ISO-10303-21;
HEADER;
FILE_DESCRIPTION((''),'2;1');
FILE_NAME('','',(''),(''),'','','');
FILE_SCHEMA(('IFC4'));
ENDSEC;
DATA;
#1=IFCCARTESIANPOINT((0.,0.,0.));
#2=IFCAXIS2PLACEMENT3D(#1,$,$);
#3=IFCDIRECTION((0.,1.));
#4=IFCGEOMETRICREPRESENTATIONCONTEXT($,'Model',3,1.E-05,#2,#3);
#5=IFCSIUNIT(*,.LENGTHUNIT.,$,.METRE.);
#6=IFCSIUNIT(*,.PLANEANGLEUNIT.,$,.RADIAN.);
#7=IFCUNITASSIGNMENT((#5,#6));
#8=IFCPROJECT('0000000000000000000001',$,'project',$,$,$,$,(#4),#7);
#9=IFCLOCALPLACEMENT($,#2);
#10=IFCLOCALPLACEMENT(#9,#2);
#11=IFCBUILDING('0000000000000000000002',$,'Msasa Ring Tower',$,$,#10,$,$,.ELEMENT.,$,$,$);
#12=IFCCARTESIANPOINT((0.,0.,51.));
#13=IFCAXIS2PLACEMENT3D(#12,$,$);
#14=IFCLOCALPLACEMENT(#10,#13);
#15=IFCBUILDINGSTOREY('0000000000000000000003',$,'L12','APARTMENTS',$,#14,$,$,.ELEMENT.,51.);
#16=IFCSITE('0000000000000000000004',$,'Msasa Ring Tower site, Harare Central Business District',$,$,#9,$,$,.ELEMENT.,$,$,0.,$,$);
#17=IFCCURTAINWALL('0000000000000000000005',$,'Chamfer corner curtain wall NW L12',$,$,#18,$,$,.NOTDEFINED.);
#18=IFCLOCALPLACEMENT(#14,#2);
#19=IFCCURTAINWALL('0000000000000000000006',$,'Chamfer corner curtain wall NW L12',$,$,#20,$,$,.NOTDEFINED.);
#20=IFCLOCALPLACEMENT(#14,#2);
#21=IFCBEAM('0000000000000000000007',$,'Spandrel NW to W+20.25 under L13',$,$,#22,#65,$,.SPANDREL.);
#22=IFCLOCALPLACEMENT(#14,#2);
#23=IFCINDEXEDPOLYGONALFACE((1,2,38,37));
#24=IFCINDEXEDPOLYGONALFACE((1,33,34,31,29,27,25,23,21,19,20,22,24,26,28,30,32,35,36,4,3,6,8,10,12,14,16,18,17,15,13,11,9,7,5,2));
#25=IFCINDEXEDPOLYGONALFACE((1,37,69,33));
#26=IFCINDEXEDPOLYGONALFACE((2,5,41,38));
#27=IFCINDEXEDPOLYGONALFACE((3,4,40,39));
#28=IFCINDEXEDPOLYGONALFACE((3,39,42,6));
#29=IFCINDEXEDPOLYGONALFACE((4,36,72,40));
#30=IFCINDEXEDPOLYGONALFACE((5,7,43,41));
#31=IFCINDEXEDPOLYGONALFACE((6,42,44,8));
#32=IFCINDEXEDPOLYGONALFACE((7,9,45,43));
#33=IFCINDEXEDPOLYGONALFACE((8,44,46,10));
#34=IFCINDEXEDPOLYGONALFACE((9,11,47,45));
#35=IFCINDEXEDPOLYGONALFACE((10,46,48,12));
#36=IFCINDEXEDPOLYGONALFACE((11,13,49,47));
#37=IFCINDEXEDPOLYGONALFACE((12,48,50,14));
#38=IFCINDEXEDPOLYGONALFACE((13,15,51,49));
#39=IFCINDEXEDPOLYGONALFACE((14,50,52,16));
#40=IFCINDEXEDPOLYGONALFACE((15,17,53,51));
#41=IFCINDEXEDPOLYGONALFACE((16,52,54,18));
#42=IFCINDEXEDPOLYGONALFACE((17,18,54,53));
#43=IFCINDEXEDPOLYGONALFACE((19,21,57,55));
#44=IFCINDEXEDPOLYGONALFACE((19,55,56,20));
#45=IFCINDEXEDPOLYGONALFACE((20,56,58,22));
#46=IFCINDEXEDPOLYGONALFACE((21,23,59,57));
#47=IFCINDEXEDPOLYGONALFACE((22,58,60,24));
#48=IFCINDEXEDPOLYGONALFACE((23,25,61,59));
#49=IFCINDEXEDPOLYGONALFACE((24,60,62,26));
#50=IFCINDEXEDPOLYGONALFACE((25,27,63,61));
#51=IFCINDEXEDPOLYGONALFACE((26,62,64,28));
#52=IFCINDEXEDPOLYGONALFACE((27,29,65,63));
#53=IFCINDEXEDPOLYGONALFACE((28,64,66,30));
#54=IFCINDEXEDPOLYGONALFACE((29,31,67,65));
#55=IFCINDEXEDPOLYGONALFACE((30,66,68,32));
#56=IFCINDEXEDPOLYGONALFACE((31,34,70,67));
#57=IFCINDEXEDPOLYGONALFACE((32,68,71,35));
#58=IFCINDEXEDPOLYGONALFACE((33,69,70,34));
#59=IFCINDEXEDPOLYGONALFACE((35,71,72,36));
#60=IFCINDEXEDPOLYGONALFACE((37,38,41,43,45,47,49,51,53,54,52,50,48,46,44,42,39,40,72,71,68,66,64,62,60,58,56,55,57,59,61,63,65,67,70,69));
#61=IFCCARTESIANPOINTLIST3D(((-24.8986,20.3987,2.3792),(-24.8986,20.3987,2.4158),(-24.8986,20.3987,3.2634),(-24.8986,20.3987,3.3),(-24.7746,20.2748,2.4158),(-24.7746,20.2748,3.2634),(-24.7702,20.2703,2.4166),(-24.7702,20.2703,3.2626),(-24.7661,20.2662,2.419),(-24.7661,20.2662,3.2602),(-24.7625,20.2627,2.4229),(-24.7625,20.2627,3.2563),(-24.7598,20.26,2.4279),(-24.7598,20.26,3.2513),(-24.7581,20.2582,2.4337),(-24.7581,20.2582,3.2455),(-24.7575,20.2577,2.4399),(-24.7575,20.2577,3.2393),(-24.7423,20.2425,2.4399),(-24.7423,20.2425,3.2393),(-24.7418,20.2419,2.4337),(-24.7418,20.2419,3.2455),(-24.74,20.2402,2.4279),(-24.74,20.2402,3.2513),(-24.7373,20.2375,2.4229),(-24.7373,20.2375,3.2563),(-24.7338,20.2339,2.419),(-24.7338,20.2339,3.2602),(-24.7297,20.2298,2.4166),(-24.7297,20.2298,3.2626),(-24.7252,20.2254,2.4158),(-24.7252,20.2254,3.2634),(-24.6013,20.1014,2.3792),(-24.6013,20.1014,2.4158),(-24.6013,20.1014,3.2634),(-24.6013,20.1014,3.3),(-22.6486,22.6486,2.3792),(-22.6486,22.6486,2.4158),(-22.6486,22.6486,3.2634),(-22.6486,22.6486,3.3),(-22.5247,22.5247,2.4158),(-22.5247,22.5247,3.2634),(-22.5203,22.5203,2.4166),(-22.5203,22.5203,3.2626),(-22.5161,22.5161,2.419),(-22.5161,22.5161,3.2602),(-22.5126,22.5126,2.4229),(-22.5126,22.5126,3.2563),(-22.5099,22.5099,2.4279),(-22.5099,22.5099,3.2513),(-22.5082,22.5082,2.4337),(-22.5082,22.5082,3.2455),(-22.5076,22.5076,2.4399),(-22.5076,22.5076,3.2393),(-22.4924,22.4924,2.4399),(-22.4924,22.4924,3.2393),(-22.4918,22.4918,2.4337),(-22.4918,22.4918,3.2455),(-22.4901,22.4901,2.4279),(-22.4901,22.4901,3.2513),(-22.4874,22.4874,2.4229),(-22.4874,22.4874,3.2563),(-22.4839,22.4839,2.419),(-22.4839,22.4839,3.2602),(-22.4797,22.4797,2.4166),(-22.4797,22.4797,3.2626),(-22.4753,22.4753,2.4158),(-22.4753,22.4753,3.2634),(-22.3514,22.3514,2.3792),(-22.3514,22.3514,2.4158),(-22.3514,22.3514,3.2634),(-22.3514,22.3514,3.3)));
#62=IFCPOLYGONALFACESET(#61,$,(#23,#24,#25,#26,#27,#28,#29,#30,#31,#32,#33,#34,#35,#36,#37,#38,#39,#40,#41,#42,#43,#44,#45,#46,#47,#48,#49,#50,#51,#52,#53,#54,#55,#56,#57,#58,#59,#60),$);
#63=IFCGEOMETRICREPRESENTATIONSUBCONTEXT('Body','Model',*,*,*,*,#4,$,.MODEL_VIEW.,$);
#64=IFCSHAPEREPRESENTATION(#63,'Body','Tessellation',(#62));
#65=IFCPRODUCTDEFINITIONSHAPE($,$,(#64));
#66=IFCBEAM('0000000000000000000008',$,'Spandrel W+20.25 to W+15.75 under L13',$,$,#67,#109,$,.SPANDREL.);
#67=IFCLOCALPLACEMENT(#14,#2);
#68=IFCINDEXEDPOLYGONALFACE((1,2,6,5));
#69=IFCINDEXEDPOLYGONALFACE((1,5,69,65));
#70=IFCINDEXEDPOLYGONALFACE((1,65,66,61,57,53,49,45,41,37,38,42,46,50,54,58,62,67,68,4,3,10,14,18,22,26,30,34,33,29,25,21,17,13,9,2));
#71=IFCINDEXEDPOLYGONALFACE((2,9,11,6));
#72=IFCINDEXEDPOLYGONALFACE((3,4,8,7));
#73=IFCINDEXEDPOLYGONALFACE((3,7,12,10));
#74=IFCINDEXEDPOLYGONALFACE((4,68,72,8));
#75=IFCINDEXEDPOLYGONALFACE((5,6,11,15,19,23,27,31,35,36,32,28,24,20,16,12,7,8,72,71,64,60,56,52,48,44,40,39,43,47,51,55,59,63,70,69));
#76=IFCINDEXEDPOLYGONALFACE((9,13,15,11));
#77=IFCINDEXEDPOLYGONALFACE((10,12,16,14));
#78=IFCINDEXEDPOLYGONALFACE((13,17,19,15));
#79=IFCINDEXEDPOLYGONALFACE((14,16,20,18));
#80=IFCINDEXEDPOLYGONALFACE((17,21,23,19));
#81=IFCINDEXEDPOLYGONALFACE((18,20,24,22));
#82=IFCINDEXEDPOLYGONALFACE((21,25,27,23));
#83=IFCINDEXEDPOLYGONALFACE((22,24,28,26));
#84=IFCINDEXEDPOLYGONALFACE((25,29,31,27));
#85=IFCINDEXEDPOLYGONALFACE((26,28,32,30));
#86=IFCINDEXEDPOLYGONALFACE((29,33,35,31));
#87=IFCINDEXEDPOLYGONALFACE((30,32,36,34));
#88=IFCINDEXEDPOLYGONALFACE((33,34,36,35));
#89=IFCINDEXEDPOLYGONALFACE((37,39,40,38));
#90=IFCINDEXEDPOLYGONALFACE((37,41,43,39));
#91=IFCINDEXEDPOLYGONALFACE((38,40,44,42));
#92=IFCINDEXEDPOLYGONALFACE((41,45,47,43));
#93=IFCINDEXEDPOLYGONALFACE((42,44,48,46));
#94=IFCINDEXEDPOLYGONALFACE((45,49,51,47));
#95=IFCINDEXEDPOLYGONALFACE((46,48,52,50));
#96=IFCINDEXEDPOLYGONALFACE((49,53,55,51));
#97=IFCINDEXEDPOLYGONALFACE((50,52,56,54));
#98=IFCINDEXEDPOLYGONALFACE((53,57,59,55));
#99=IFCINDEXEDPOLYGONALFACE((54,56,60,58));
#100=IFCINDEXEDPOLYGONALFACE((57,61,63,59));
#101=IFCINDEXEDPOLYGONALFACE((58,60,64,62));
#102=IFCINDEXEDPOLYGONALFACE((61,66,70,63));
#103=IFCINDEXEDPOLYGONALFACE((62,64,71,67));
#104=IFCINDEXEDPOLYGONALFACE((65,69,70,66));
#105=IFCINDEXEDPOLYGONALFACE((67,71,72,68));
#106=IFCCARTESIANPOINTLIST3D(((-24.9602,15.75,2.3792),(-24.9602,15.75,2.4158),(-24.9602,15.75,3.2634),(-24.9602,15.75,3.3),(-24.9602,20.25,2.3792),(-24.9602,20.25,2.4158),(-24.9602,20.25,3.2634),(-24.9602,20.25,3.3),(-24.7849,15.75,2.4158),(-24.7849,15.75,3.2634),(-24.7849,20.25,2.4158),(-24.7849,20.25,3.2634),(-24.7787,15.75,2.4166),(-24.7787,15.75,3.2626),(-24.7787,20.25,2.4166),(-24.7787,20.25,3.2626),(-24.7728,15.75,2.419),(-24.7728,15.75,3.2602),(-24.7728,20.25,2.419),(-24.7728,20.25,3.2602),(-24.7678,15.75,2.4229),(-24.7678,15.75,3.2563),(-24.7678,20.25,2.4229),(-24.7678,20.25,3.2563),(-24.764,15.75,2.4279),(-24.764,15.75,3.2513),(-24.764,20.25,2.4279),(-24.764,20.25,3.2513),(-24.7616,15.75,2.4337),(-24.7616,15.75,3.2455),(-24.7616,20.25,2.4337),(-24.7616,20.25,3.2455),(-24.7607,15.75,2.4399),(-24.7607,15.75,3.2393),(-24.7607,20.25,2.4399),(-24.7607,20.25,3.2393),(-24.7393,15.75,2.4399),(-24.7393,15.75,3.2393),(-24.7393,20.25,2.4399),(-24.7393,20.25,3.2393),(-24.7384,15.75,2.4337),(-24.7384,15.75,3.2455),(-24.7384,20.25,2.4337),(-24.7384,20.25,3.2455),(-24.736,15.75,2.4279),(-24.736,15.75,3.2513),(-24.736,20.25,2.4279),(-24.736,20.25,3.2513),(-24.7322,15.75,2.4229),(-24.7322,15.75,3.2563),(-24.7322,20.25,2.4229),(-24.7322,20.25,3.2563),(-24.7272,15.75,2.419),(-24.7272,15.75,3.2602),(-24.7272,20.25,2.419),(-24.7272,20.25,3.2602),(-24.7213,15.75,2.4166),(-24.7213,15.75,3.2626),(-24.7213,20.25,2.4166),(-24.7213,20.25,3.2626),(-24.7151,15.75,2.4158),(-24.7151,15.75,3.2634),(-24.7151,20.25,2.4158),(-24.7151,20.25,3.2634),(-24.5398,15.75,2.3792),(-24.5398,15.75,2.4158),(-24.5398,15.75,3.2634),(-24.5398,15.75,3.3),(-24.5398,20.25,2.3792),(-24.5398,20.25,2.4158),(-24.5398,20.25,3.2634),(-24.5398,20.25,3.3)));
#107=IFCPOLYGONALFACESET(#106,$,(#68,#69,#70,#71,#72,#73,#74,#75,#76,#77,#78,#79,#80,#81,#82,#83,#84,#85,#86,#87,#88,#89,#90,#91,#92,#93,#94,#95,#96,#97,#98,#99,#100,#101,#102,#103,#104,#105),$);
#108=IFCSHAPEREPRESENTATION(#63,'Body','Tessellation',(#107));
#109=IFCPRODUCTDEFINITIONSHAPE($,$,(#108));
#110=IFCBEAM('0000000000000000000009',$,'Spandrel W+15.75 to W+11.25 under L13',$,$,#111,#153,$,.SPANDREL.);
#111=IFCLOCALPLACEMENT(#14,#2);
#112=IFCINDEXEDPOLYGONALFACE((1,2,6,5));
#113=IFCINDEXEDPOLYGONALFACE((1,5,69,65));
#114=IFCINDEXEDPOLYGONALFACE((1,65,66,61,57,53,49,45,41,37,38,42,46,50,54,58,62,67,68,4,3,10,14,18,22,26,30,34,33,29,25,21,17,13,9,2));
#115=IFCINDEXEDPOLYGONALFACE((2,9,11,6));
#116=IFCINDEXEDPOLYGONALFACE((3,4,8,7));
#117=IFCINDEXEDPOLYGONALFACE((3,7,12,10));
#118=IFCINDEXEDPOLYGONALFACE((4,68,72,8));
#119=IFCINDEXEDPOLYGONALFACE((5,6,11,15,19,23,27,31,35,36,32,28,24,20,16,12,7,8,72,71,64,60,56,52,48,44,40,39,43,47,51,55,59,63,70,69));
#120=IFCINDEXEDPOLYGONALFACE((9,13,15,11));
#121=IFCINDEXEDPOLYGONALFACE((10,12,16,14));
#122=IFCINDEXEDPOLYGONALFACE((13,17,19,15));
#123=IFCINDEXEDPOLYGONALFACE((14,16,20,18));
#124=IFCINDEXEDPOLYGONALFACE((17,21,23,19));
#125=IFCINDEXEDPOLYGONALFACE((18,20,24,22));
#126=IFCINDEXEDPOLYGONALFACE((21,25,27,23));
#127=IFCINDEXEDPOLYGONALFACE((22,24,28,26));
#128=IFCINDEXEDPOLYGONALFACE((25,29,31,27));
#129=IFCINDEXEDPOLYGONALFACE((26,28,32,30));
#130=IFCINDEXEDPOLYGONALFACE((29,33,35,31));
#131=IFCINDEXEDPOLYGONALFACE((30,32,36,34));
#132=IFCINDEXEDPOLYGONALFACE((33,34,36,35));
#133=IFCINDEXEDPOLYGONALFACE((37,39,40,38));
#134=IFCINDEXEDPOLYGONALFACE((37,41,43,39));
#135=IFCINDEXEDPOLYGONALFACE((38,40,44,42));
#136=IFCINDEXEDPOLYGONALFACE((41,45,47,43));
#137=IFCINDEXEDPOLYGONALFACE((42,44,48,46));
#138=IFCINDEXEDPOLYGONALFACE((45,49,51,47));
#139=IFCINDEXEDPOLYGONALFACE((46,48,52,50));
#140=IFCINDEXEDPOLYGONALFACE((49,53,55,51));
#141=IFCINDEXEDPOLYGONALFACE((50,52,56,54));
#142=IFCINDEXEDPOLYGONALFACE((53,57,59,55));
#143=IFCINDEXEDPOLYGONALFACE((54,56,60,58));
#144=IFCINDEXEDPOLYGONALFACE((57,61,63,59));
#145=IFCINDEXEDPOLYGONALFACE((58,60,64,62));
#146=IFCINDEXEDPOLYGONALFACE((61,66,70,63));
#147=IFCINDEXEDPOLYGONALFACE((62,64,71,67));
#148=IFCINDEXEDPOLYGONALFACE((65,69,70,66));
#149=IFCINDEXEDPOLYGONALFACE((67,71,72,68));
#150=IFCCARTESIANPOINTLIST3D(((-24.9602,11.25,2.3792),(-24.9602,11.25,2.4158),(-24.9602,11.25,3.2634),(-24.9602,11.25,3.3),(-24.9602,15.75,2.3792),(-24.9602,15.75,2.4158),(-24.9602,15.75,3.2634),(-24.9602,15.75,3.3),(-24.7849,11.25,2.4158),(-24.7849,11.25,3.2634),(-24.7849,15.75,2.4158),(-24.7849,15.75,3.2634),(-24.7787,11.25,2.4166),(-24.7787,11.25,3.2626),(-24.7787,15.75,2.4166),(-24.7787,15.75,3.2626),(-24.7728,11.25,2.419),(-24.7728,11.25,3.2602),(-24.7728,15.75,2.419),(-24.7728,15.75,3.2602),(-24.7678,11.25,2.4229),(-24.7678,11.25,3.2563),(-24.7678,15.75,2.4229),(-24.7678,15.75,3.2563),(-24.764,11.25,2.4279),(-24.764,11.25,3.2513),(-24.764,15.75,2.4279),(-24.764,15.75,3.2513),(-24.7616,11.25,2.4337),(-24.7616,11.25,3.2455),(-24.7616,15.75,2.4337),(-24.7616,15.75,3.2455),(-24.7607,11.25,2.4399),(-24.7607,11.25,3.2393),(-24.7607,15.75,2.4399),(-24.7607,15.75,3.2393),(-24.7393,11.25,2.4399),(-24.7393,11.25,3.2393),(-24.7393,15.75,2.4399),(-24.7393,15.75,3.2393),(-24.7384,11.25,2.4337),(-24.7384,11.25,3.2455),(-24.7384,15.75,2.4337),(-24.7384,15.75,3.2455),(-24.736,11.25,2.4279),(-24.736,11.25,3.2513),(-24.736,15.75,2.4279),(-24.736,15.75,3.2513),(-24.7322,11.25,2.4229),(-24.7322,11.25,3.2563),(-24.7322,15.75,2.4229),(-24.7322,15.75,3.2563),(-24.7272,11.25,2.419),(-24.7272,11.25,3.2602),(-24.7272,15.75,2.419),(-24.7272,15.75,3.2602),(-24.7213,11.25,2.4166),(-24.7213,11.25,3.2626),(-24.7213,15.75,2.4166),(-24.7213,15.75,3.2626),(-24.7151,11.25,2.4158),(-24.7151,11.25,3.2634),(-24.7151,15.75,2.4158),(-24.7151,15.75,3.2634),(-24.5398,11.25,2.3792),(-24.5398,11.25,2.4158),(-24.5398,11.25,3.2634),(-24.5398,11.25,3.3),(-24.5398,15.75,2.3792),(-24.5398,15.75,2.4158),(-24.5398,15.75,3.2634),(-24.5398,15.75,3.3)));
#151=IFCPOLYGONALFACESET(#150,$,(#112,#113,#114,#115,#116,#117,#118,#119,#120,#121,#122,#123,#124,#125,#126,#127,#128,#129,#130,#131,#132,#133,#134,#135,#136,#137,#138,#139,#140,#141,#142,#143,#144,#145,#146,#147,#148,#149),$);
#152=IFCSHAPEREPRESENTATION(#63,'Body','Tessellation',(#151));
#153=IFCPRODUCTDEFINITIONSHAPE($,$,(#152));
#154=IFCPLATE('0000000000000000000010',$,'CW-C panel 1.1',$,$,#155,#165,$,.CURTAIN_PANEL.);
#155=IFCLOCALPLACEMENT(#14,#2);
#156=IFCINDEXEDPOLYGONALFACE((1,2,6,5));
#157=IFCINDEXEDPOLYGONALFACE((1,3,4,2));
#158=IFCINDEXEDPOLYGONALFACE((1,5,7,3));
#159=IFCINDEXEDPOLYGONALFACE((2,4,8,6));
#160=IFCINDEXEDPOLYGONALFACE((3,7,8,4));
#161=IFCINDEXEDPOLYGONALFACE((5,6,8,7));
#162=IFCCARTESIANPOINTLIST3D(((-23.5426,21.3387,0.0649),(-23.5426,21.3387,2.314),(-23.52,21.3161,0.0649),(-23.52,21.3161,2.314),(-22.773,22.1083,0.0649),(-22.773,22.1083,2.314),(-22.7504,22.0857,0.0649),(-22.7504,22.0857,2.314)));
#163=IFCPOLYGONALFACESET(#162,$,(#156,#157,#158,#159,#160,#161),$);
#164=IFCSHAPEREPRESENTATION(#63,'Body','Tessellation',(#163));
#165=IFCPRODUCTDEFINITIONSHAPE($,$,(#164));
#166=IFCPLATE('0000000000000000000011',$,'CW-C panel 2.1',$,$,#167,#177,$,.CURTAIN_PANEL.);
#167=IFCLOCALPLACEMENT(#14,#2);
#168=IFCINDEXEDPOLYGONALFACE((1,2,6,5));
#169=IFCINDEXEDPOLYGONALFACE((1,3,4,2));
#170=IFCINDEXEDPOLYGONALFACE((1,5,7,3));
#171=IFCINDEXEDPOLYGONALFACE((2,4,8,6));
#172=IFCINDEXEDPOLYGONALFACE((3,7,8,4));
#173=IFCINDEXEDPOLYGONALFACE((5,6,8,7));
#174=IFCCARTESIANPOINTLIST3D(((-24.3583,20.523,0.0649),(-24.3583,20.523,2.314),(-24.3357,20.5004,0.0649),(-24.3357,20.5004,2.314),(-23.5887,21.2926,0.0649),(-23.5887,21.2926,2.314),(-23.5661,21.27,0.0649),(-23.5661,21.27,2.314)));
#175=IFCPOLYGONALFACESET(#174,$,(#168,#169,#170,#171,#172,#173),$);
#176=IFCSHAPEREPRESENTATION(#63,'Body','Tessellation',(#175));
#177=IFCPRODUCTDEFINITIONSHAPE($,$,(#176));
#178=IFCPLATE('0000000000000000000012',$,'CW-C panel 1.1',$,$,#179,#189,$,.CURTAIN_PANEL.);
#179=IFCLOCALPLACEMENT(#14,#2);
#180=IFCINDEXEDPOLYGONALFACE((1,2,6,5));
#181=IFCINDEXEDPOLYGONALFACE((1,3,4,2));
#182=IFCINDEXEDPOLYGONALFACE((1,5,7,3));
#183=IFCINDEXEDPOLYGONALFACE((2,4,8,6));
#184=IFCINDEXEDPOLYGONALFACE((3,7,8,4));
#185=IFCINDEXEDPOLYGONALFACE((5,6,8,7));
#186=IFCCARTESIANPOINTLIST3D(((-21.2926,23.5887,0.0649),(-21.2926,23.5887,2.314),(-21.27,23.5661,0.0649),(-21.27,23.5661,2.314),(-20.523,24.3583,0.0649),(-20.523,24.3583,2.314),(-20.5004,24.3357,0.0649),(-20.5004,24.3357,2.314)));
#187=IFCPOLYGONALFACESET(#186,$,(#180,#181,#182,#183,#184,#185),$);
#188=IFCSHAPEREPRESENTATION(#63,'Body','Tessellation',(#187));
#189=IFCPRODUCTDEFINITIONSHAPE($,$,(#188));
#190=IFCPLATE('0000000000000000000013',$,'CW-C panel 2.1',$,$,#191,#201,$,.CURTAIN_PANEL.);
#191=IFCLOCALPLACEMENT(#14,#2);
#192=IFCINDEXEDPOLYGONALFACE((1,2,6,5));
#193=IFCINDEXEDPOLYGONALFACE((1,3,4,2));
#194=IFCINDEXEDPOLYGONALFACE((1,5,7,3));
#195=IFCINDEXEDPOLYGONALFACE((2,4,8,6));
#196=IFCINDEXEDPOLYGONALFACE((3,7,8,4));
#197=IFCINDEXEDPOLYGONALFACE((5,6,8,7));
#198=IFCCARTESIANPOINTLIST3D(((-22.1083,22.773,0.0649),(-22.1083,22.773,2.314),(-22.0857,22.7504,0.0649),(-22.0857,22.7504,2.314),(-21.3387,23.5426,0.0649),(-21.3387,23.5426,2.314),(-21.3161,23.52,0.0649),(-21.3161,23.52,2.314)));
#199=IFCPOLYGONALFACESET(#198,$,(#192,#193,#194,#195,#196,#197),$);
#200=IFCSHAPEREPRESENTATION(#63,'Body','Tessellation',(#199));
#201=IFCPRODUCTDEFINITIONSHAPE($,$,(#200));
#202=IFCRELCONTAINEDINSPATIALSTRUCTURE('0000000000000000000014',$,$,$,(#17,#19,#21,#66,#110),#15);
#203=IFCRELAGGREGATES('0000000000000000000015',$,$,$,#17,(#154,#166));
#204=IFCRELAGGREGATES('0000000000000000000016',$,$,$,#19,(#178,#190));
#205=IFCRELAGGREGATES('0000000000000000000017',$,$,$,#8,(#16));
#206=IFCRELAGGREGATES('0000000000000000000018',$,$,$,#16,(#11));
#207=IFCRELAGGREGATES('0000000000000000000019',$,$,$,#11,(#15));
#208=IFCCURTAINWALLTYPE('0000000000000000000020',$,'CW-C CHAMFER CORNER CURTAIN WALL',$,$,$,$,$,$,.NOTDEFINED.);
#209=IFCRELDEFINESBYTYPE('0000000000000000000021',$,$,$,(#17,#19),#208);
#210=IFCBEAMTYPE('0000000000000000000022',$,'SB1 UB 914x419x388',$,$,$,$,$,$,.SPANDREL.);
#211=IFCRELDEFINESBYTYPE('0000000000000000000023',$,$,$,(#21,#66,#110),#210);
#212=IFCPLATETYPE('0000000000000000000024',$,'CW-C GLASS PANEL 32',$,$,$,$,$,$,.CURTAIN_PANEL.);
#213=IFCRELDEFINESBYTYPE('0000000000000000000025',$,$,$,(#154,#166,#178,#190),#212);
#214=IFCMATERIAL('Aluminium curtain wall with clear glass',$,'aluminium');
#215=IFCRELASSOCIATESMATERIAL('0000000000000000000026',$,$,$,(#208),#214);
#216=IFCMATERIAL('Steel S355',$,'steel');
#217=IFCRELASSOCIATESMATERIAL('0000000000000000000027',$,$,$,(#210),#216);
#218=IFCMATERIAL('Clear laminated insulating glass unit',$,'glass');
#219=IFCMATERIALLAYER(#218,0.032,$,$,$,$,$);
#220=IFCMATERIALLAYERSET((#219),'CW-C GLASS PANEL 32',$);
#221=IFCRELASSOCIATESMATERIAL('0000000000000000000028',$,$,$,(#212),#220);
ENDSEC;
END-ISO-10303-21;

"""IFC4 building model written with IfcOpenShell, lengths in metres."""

from ifc_helpers import new_model, si_unit, direction, frame, origin, origin_2d, place, context, subcontext, project, spatial, rectangle, i_section, extrude, material, layer, layer_set, material_profile, profile_set, type_object, element, aggregate, save


model = new_model("IFC4")

# Units and contexts
model_context = context("Model", 3, precision=1e-05, world=origin(), true_north=direction((0.0, 1.0)))
body_context = subcontext(model_context, "Body", "Model", "MODEL_VIEW")
ifc_project = project(units=[si_unit("LENGTHUNIT", "METRE"), si_unit("PLANEANGLEUNIT", "RADIAN")], contexts=[model_context])

# Site, building, storey
site_placement = place(None, origin())
site = spatial("IfcSite", under=ifc_project, at=site_placement, Name="Msasa Ring Tower site, Harare Central Business District", CompositionType="ELEMENT", RefElevation=0.0)
building_placement = place(site_placement, origin())
building = spatial("IfcBuilding", under=site, at=building_placement, Name="Msasa Ring Tower", CompositionType="ELEMENT")
storey_placement = place(building_placement, frame((0.0, 0.0, 51.0)))
storey = spatial("IfcBuildingStorey", under=building, at=storey_placement, Name="L12", Description="APARTMENTS", CompositionType="ELEMENT", Elevation=51.0)

# Curtain walls
ifc_material_1 = material(Name="Aluminium curtain wall with clear glass", Category="aluminium")
curtain_wall_type = type_object("IfcCurtainWallType", Name="CW-C CHAMFER CORNER CURTAIN WALL", PredefinedType="NOTDEFINED", material=ifc_material_1)
curtain_wall_1_placement = place(storey_placement, origin())
curtain_wall_1 = element("IfcCurtainWall", 1, at=curtain_wall_1_placement, inside=storey, type_object=curtain_wall_type, Name="Chamfer corner curtain wall NW L12", PredefinedType="NOTDEFINED")
curtain_wall_2_placement = place(storey_placement, origin())
curtain_wall_2 = element("IfcCurtainWall", 2, at=curtain_wall_2_placement, inside=storey, type_object=curtain_wall_type, Name="Chamfer corner curtain wall NW L12", PredefinedType="NOTDEFINED")

# Beams
ifc_material_2 = material(Name="Steel S355", Category="steel")
ifc_material_profile_1 = material_profile(ifc_material_2, i_section(OverallWidth=0.4204, OverallDepth=0.9209, WebThickness=0.0215, FlangeThickness=0.0366, FilletRadius=0.0242, at=origin_2d()), Name="UB 914x419x388")
ifc_profile_set_1 = profile_set([ifc_material_profile_1], Name="Steel S355")
beam_type_1 = type_object("IfcBeamType", Name="SB1 UB 914x419x388", PredefinedType="SPANDREL", material=ifc_profile_set_1)
for number, where, z_axis, x_axis, name in (
    (3, (-22.5, 22.5, 2.8396), (-0.707107, -0.707107, 0.0), (0.707107, -0.707107, 0.0), "Spandrel NW to W+20.25 under L13"),
):
    element("IfcBeam", number, at=place(storey_placement, frame(where, z_axis=z_axis, x_axis=x_axis)), inside=storey, type_object=beam_type_1, Name=name, PredefinedType="SPANDREL", context=body_context, shape_type="SweptSolid", body=[
        extrude(i_section(OverallWidth=0.4204, OverallDepth=0.9209, WebThickness=0.0215, FlangeThickness=0.0366, FilletRadius=0.0242, at=origin_2d()), origin(), (0.0, 0.0, 1.0), 3.1819),
    ])
for number, where, z_axis, x_axis, name in (
    (4, (-24.75, 20.25, 2.8396), (0.0, -1.0, 0.0), (1.0, 0.0, 0.0), "Spandrel W+20.25 to W+15.75 under L13"),
    (5, (-24.75, 15.75, 2.8396), (0.0, -1.0, 0.0), (1.0, 0.0, 0.0), "Spandrel W+15.75 to W+11.25 under L13"),
):
    element("IfcBeam", number, at=place(storey_placement, frame(where, z_axis=z_axis, x_axis=x_axis)), inside=storey, type_object=beam_type_1, Name=name, PredefinedType="SPANDREL", context=body_context, shape_type="SweptSolid", body=[
        extrude(i_section(OverallWidth=0.4204, OverallDepth=0.9209, WebThickness=0.0215, FlangeThickness=0.0366, FilletRadius=0.0242, at=origin_2d()), origin(), (0.0, 0.0, 1.0), 4.5),
    ])

# Plates
ifc_material_3 = material(Name="Clear laminated insulating glass unit", Category="glass")
ifc_layer_1 = layer(ifc_material_3, 0.032)
ifc_layer_set_1 = layer_set([ifc_layer_1], Name="CW-C GLASS PANEL 32")
plate_type = type_object("IfcPlateType", Name="CW-C GLASS PANEL 32", PredefinedType="CURTAIN_PANEL", material=ifc_layer_set_1)
plate_1_placement = place(storey_placement, frame((-23.1465, 21.7122, 0.0649), z_axis=(0.0, 0.0, 1.0), x_axis=(-0.707107, -0.707107, 0.0)))
plate_1 = element("IfcPlate", 6, at=plate_1_placement, type_object=plate_type, Name="CW-C panel 1.1", PredefinedType="CURTAIN_PANEL", context=body_context, shape_type="SweptSolid", body=[
    extrude(rectangle(XDim=1.0884, YDim=0.032, at=origin_2d()), origin(), (0.0, 0.0, 1.0), 2.249),
])
plate_2_placement = place(storey_placement, frame((-23.9622, 20.8965, 0.0649), z_axis=(0.0, 0.0, 1.0), x_axis=(-0.707107, -0.707107, 0.0)))
plate_2 = element("IfcPlate", 7, at=plate_2_placement, type_object=plate_type, Name="CW-C panel 2.1", PredefinedType="CURTAIN_PANEL", context=body_context, shape_type="SweptSolid", body=[
    extrude(rectangle(XDim=1.0884, YDim=0.032, at=origin_2d()), origin(), (0.0, 0.0, 1.0), 2.249),
])
aggregate(curtain_wall_1, [plate_1, plate_2])
plate_3_placement = place(storey_placement, frame((-20.8965, 23.9622, 0.0649), z_axis=(0.0, 0.0, 1.0), x_axis=(-0.707107, -0.707107, 0.0)))
plate_3 = element("IfcPlate", 8, at=plate_3_placement, type_object=plate_type, Name="CW-C panel 1.1", PredefinedType="CURTAIN_PANEL", context=body_context, shape_type="SweptSolid", body=[
    extrude(rectangle(XDim=1.0884, YDim=0.032, at=origin_2d()), origin(), (0.0, 0.0, 1.0), 2.249),
])
plate_4_placement = place(storey_placement, frame((-21.7122, 23.1465, 0.0649), z_axis=(0.0, 0.0, 1.0), x_axis=(-0.707107, -0.707107, 0.0)))
plate_4 = element("IfcPlate", 9, at=plate_4_placement, type_object=plate_type, Name="CW-C panel 2.1", PredefinedType="CURTAIN_PANEL", context=body_context, shape_type="SweptSolid", body=[
    extrude(rectangle(XDim=1.0884, YDim=0.032, at=origin_2d()), origin(), (0.0, 0.0, 1.0), 2.249),
])
aggregate(curtain_wall_2, [plate_3, plate_4])

save(model, "model.ifc")
